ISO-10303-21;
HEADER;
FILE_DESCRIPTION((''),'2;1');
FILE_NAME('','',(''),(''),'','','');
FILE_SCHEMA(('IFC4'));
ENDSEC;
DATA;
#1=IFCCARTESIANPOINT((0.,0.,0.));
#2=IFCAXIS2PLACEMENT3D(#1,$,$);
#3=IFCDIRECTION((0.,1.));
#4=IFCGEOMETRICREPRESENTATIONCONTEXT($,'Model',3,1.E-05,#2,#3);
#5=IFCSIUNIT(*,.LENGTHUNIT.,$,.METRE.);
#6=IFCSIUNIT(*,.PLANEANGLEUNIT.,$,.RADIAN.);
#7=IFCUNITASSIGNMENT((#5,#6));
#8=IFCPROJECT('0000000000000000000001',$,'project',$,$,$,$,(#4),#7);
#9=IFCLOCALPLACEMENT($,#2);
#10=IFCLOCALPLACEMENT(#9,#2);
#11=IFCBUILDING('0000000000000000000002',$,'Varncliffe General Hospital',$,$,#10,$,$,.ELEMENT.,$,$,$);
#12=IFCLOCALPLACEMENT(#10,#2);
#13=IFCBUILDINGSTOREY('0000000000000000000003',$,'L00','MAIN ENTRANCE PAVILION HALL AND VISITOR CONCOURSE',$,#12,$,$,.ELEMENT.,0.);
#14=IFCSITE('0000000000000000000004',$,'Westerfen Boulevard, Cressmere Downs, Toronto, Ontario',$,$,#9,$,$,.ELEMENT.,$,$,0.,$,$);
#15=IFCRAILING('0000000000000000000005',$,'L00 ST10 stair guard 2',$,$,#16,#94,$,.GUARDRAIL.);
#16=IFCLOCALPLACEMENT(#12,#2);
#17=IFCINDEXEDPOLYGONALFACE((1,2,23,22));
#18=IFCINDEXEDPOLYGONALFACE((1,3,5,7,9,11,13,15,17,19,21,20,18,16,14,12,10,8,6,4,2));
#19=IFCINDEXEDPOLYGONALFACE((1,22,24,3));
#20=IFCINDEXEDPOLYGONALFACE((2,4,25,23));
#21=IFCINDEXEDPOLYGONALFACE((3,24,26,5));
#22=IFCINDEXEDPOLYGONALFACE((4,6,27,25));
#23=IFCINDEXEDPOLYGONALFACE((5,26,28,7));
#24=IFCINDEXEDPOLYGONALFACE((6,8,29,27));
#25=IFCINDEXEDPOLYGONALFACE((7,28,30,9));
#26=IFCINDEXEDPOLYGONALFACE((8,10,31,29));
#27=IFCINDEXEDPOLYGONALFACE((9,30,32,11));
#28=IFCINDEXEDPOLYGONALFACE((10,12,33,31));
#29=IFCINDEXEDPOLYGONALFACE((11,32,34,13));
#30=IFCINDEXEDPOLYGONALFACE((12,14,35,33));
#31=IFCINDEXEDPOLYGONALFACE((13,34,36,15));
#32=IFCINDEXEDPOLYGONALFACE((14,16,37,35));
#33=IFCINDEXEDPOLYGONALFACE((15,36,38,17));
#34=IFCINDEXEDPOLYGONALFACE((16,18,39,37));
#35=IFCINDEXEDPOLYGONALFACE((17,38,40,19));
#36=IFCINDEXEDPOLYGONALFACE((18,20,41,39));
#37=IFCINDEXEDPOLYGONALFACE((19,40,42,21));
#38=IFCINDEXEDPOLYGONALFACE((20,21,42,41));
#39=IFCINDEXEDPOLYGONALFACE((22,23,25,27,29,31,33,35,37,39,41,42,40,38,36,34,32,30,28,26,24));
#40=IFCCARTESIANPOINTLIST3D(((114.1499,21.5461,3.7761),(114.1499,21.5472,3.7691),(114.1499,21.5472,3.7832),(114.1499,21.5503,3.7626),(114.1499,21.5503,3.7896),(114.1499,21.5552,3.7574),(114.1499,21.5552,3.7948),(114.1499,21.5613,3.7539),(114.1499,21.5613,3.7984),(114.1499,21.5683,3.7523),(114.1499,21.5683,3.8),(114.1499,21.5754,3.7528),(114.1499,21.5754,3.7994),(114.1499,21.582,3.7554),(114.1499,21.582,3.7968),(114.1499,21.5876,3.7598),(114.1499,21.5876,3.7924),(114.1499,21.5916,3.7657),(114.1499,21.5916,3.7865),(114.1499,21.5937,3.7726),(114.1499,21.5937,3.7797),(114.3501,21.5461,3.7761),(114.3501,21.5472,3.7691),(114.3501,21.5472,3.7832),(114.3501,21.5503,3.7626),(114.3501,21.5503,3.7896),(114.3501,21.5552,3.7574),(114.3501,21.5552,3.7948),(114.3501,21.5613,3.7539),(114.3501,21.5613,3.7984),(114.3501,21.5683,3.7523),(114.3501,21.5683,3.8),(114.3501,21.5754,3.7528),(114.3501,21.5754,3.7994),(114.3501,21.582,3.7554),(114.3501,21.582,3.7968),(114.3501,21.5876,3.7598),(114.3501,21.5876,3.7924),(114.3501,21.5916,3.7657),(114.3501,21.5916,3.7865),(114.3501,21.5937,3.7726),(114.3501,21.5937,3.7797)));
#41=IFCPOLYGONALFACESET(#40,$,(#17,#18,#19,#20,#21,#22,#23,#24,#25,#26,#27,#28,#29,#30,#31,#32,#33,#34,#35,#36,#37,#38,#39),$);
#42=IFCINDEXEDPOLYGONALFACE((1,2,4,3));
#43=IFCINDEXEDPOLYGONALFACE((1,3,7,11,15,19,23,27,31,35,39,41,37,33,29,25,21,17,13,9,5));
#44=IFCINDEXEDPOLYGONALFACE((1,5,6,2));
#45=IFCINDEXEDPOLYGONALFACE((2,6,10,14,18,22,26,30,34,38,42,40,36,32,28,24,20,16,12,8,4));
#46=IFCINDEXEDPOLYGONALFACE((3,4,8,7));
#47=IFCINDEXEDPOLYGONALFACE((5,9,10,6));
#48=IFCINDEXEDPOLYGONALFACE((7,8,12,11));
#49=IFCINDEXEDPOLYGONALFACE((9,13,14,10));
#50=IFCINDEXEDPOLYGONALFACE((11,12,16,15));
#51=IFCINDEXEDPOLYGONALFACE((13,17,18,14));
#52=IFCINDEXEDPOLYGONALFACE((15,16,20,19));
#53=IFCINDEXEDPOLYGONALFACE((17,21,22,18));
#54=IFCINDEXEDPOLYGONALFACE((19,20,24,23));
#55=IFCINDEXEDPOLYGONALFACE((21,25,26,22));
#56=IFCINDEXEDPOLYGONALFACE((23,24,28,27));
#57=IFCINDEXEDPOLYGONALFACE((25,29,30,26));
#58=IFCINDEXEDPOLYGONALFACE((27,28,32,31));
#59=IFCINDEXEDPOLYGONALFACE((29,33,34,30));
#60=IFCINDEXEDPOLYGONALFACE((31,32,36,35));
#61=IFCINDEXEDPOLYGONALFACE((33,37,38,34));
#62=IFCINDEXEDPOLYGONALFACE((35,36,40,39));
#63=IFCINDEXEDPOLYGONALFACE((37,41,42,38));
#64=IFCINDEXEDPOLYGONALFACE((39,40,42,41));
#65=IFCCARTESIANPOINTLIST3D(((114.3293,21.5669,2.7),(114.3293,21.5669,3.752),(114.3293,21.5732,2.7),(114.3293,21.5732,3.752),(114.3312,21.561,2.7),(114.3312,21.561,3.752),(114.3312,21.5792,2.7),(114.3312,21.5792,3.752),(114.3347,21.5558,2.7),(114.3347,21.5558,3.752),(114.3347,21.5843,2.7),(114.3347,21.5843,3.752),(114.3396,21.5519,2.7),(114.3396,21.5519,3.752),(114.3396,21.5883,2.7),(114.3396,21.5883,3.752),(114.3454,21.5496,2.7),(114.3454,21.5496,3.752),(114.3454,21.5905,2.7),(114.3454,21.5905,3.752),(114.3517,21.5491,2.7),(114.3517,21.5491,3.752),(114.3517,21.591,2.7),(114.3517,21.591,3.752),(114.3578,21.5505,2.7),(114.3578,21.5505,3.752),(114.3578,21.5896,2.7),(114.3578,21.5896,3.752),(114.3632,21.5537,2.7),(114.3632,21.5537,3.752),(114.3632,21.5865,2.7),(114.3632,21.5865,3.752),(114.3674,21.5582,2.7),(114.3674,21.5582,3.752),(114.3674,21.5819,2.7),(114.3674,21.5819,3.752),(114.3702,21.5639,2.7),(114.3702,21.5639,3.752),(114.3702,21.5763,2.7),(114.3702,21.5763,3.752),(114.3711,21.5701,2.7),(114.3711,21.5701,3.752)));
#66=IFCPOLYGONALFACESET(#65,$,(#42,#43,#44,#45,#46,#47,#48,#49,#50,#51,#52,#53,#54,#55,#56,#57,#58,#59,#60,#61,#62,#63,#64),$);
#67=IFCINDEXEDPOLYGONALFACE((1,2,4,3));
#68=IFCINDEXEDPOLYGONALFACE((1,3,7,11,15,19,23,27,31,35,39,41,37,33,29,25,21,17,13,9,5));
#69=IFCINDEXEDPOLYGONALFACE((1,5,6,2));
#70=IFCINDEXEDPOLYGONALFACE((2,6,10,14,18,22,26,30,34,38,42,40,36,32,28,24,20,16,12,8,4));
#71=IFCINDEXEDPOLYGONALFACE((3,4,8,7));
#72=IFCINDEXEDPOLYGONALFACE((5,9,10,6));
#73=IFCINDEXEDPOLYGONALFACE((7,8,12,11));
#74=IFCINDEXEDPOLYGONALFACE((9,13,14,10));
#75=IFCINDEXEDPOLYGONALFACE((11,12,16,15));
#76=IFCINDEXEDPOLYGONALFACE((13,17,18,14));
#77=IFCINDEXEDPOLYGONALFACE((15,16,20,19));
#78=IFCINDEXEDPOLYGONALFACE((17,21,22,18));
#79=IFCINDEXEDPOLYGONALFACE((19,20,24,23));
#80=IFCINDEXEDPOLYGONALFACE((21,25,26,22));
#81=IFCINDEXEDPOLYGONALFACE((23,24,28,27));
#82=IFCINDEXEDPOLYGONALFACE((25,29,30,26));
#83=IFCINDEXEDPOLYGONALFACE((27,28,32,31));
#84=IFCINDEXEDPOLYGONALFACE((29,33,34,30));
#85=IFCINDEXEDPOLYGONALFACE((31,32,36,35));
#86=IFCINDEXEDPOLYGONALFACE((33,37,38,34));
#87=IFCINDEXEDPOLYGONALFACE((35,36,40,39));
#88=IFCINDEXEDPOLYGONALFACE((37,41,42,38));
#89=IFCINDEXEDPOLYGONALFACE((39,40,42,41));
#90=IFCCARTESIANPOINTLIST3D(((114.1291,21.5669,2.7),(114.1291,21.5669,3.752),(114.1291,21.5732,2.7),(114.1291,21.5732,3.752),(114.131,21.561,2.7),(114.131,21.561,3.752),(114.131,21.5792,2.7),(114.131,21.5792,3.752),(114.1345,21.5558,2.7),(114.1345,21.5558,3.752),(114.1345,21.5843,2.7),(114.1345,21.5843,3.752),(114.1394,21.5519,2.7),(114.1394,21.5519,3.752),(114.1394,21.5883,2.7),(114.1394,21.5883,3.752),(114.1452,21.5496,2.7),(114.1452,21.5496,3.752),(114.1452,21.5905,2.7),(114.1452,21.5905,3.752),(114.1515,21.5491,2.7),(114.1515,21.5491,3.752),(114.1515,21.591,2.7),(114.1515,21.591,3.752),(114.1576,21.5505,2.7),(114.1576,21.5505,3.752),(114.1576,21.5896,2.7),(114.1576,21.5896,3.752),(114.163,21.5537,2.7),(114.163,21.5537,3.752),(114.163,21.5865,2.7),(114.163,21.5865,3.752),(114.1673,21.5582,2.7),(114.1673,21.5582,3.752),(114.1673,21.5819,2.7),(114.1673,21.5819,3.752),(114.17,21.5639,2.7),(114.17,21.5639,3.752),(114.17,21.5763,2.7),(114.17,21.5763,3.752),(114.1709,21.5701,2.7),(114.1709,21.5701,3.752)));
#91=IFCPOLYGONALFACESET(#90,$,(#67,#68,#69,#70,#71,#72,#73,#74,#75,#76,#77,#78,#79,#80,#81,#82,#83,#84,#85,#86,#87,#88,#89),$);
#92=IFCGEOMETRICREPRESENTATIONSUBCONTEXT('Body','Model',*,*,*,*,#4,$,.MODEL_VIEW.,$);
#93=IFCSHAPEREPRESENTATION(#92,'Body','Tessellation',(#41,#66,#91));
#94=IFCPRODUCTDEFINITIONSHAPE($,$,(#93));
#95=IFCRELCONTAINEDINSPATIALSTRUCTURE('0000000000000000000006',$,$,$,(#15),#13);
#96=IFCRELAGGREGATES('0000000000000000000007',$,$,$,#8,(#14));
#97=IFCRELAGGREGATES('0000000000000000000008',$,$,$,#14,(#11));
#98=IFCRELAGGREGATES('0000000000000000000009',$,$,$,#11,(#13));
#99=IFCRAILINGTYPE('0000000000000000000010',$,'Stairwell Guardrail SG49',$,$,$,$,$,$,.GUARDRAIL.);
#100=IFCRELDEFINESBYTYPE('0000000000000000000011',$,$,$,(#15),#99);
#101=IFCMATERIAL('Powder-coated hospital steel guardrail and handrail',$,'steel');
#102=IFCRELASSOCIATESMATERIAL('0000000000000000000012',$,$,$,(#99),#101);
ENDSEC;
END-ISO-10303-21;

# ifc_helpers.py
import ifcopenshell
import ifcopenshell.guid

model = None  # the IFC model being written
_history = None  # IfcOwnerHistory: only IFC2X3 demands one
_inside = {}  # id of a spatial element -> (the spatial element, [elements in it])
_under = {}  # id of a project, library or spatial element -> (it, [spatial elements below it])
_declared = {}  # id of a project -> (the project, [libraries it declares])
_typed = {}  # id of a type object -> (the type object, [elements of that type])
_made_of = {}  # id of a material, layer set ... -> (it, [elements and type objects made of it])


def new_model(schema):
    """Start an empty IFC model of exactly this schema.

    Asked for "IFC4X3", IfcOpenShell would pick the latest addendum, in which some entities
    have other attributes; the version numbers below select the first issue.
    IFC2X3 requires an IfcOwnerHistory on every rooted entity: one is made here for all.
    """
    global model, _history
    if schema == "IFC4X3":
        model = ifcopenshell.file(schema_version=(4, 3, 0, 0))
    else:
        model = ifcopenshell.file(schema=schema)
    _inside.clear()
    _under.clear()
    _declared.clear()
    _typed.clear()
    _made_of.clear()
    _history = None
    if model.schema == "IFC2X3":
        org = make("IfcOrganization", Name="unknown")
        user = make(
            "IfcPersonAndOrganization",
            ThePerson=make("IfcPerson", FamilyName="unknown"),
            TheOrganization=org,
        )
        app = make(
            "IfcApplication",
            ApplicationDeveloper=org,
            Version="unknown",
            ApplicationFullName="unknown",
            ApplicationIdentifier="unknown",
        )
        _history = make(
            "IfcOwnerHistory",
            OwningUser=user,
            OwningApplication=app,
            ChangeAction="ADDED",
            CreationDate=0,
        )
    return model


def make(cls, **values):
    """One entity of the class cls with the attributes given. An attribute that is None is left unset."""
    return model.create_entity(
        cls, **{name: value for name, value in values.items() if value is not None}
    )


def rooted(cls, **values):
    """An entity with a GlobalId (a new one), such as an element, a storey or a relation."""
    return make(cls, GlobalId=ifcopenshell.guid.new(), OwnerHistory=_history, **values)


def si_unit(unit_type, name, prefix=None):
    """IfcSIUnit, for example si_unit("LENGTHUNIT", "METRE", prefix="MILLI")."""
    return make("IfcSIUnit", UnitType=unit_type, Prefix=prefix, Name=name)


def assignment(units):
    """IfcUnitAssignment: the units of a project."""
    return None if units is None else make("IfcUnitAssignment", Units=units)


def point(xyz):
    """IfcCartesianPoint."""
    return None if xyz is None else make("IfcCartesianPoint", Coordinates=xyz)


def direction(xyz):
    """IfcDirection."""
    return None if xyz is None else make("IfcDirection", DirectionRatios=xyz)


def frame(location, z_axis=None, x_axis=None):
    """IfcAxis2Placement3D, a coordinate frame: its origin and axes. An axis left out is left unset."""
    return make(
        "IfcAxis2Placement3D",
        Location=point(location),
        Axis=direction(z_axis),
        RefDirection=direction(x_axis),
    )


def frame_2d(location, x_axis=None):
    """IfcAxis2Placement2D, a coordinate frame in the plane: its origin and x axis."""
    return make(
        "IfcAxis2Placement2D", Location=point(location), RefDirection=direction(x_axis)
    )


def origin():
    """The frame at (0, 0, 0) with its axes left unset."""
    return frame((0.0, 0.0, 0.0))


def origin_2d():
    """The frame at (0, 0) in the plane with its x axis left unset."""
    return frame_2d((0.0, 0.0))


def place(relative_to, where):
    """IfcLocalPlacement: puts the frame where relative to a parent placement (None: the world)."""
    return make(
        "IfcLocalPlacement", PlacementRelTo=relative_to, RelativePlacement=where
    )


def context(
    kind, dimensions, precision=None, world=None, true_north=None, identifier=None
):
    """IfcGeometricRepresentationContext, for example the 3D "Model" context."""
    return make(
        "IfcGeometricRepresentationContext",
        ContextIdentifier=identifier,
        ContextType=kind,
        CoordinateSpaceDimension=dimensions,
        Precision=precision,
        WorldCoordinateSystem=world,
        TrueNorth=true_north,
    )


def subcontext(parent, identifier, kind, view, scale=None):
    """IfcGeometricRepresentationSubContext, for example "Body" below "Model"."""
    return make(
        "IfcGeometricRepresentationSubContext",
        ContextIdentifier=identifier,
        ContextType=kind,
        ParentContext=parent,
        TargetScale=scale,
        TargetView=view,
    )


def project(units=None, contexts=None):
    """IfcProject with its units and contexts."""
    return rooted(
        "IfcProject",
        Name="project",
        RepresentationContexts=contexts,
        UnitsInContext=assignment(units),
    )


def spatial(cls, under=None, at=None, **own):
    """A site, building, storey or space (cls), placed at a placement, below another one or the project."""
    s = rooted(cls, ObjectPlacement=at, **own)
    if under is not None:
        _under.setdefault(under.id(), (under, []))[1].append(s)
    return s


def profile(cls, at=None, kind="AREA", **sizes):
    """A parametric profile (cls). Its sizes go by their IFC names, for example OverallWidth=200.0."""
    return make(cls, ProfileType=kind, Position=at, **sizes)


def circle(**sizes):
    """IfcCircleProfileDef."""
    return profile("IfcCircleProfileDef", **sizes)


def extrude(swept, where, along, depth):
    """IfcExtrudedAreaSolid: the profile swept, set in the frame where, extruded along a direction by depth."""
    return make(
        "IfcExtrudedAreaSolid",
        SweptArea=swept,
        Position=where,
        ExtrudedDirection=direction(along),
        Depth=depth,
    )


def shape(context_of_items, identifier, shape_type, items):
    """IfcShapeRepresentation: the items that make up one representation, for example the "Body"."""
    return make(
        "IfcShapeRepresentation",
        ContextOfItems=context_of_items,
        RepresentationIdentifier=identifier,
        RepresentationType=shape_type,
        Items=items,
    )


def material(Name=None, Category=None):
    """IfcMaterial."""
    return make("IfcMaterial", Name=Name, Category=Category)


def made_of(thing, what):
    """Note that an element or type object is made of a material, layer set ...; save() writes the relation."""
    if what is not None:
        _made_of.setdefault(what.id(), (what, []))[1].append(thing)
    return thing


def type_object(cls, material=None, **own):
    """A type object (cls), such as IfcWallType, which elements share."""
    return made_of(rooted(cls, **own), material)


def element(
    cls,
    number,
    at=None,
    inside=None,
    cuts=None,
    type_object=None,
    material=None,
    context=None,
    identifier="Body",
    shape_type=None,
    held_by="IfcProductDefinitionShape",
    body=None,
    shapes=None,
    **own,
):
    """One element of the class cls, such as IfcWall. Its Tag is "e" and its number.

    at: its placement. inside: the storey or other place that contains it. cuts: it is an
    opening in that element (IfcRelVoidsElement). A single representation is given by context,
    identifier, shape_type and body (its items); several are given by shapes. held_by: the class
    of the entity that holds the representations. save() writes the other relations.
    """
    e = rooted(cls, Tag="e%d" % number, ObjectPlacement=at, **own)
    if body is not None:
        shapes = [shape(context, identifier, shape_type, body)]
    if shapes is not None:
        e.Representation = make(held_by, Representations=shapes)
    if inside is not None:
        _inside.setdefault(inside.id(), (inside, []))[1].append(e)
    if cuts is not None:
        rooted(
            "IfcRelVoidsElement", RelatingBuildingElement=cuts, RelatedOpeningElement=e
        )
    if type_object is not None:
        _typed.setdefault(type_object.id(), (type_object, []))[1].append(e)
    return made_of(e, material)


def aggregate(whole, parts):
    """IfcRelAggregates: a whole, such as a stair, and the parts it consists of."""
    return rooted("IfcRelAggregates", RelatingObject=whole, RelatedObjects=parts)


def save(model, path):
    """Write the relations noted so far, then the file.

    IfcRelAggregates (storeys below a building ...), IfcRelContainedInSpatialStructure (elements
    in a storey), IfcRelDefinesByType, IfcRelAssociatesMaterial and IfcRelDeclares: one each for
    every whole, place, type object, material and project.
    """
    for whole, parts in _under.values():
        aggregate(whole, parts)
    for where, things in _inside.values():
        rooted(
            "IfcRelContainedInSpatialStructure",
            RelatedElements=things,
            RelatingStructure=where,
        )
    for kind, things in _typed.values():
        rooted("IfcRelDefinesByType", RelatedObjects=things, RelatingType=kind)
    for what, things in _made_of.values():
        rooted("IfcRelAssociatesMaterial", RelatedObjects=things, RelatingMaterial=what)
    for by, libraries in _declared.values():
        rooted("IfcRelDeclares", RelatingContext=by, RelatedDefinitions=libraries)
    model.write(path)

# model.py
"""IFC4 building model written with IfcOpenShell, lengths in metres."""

from ifc_helpers import new_model, si_unit, direction, frame, origin, origin_2d, place, context, subcontext, project, spatial, circle, extrude, material, type_object, element, save


model = new_model("IFC4")

# Units and contexts
model_context = context("Model", 3, precision=1e-05, world=origin(), true_north=direction((0.0, 1.0)))
body_context = subcontext(model_context, "Body", "Model", "MODEL_VIEW")
ifc_project = project(units=[si_unit("LENGTHUNIT", "METRE"), si_unit("PLANEANGLEUNIT", "RADIAN")], contexts=[model_context])

# Site, building, storey
site_placement = place(None, origin())
site = spatial("IfcSite", under=ifc_project, at=site_placement, Name="Westerfen Boulevard, Cressmere Downs, Toronto, Ontario", CompositionType="ELEMENT", RefElevation=0.0)
building_placement = place(site_placement, origin())
building = spatial("IfcBuilding", under=site, at=building_placement, Name="Varncliffe General Hospital", CompositionType="ELEMENT")
storey_placement = place(building_placement, origin())
storey = spatial("IfcBuildingStorey", under=building, at=storey_placement, Name="L00", Description="MAIN ENTRANCE PAVILION HALL AND VISITOR CONCOURSE", CompositionType="ELEMENT", Elevation=0.0)

# Railing
ifc_material_1 = material(Name="Powder-coated hospital steel guardrail and handrail", Category="steel")
railing_type_1 = type_object("IfcRailingType", Name="Stairwell Guardrail SG49", PredefinedType="GUARDRAIL", material=ifc_material_1)
railing_1_placement = place(storey_placement, frame((114.3501, 21.5701, 2.7)))
element("IfcRailing", 1, at=railing_1_placement, inside=storey, type_object=railing_type_1, Name="L00 ST10 stair guard 2", PredefinedType="GUARDRAIL", context=body_context, shape_type="SweptSolid", body=[
    extrude(circle(Radius=0.0239, at=origin_2d()), frame((0.0, 0.0, 1.0762), z_axis=(-1.0, 0.0, 0.0), x_axis=(0.0, -1.0, 0.0)), (0.0, 0.0, 1.0), 0.2002),
    extrude(circle(Radius=0.021, at=origin_2d()), origin(), (0.0, 0.0, 1.0), 1.052),
    extrude(circle(Radius=0.021, at=origin_2d()), frame((-0.2002, 0.0, 0.0)), (0.0, 0.0, 1.0), 1.052),
])

save(model, "model.ifc")
